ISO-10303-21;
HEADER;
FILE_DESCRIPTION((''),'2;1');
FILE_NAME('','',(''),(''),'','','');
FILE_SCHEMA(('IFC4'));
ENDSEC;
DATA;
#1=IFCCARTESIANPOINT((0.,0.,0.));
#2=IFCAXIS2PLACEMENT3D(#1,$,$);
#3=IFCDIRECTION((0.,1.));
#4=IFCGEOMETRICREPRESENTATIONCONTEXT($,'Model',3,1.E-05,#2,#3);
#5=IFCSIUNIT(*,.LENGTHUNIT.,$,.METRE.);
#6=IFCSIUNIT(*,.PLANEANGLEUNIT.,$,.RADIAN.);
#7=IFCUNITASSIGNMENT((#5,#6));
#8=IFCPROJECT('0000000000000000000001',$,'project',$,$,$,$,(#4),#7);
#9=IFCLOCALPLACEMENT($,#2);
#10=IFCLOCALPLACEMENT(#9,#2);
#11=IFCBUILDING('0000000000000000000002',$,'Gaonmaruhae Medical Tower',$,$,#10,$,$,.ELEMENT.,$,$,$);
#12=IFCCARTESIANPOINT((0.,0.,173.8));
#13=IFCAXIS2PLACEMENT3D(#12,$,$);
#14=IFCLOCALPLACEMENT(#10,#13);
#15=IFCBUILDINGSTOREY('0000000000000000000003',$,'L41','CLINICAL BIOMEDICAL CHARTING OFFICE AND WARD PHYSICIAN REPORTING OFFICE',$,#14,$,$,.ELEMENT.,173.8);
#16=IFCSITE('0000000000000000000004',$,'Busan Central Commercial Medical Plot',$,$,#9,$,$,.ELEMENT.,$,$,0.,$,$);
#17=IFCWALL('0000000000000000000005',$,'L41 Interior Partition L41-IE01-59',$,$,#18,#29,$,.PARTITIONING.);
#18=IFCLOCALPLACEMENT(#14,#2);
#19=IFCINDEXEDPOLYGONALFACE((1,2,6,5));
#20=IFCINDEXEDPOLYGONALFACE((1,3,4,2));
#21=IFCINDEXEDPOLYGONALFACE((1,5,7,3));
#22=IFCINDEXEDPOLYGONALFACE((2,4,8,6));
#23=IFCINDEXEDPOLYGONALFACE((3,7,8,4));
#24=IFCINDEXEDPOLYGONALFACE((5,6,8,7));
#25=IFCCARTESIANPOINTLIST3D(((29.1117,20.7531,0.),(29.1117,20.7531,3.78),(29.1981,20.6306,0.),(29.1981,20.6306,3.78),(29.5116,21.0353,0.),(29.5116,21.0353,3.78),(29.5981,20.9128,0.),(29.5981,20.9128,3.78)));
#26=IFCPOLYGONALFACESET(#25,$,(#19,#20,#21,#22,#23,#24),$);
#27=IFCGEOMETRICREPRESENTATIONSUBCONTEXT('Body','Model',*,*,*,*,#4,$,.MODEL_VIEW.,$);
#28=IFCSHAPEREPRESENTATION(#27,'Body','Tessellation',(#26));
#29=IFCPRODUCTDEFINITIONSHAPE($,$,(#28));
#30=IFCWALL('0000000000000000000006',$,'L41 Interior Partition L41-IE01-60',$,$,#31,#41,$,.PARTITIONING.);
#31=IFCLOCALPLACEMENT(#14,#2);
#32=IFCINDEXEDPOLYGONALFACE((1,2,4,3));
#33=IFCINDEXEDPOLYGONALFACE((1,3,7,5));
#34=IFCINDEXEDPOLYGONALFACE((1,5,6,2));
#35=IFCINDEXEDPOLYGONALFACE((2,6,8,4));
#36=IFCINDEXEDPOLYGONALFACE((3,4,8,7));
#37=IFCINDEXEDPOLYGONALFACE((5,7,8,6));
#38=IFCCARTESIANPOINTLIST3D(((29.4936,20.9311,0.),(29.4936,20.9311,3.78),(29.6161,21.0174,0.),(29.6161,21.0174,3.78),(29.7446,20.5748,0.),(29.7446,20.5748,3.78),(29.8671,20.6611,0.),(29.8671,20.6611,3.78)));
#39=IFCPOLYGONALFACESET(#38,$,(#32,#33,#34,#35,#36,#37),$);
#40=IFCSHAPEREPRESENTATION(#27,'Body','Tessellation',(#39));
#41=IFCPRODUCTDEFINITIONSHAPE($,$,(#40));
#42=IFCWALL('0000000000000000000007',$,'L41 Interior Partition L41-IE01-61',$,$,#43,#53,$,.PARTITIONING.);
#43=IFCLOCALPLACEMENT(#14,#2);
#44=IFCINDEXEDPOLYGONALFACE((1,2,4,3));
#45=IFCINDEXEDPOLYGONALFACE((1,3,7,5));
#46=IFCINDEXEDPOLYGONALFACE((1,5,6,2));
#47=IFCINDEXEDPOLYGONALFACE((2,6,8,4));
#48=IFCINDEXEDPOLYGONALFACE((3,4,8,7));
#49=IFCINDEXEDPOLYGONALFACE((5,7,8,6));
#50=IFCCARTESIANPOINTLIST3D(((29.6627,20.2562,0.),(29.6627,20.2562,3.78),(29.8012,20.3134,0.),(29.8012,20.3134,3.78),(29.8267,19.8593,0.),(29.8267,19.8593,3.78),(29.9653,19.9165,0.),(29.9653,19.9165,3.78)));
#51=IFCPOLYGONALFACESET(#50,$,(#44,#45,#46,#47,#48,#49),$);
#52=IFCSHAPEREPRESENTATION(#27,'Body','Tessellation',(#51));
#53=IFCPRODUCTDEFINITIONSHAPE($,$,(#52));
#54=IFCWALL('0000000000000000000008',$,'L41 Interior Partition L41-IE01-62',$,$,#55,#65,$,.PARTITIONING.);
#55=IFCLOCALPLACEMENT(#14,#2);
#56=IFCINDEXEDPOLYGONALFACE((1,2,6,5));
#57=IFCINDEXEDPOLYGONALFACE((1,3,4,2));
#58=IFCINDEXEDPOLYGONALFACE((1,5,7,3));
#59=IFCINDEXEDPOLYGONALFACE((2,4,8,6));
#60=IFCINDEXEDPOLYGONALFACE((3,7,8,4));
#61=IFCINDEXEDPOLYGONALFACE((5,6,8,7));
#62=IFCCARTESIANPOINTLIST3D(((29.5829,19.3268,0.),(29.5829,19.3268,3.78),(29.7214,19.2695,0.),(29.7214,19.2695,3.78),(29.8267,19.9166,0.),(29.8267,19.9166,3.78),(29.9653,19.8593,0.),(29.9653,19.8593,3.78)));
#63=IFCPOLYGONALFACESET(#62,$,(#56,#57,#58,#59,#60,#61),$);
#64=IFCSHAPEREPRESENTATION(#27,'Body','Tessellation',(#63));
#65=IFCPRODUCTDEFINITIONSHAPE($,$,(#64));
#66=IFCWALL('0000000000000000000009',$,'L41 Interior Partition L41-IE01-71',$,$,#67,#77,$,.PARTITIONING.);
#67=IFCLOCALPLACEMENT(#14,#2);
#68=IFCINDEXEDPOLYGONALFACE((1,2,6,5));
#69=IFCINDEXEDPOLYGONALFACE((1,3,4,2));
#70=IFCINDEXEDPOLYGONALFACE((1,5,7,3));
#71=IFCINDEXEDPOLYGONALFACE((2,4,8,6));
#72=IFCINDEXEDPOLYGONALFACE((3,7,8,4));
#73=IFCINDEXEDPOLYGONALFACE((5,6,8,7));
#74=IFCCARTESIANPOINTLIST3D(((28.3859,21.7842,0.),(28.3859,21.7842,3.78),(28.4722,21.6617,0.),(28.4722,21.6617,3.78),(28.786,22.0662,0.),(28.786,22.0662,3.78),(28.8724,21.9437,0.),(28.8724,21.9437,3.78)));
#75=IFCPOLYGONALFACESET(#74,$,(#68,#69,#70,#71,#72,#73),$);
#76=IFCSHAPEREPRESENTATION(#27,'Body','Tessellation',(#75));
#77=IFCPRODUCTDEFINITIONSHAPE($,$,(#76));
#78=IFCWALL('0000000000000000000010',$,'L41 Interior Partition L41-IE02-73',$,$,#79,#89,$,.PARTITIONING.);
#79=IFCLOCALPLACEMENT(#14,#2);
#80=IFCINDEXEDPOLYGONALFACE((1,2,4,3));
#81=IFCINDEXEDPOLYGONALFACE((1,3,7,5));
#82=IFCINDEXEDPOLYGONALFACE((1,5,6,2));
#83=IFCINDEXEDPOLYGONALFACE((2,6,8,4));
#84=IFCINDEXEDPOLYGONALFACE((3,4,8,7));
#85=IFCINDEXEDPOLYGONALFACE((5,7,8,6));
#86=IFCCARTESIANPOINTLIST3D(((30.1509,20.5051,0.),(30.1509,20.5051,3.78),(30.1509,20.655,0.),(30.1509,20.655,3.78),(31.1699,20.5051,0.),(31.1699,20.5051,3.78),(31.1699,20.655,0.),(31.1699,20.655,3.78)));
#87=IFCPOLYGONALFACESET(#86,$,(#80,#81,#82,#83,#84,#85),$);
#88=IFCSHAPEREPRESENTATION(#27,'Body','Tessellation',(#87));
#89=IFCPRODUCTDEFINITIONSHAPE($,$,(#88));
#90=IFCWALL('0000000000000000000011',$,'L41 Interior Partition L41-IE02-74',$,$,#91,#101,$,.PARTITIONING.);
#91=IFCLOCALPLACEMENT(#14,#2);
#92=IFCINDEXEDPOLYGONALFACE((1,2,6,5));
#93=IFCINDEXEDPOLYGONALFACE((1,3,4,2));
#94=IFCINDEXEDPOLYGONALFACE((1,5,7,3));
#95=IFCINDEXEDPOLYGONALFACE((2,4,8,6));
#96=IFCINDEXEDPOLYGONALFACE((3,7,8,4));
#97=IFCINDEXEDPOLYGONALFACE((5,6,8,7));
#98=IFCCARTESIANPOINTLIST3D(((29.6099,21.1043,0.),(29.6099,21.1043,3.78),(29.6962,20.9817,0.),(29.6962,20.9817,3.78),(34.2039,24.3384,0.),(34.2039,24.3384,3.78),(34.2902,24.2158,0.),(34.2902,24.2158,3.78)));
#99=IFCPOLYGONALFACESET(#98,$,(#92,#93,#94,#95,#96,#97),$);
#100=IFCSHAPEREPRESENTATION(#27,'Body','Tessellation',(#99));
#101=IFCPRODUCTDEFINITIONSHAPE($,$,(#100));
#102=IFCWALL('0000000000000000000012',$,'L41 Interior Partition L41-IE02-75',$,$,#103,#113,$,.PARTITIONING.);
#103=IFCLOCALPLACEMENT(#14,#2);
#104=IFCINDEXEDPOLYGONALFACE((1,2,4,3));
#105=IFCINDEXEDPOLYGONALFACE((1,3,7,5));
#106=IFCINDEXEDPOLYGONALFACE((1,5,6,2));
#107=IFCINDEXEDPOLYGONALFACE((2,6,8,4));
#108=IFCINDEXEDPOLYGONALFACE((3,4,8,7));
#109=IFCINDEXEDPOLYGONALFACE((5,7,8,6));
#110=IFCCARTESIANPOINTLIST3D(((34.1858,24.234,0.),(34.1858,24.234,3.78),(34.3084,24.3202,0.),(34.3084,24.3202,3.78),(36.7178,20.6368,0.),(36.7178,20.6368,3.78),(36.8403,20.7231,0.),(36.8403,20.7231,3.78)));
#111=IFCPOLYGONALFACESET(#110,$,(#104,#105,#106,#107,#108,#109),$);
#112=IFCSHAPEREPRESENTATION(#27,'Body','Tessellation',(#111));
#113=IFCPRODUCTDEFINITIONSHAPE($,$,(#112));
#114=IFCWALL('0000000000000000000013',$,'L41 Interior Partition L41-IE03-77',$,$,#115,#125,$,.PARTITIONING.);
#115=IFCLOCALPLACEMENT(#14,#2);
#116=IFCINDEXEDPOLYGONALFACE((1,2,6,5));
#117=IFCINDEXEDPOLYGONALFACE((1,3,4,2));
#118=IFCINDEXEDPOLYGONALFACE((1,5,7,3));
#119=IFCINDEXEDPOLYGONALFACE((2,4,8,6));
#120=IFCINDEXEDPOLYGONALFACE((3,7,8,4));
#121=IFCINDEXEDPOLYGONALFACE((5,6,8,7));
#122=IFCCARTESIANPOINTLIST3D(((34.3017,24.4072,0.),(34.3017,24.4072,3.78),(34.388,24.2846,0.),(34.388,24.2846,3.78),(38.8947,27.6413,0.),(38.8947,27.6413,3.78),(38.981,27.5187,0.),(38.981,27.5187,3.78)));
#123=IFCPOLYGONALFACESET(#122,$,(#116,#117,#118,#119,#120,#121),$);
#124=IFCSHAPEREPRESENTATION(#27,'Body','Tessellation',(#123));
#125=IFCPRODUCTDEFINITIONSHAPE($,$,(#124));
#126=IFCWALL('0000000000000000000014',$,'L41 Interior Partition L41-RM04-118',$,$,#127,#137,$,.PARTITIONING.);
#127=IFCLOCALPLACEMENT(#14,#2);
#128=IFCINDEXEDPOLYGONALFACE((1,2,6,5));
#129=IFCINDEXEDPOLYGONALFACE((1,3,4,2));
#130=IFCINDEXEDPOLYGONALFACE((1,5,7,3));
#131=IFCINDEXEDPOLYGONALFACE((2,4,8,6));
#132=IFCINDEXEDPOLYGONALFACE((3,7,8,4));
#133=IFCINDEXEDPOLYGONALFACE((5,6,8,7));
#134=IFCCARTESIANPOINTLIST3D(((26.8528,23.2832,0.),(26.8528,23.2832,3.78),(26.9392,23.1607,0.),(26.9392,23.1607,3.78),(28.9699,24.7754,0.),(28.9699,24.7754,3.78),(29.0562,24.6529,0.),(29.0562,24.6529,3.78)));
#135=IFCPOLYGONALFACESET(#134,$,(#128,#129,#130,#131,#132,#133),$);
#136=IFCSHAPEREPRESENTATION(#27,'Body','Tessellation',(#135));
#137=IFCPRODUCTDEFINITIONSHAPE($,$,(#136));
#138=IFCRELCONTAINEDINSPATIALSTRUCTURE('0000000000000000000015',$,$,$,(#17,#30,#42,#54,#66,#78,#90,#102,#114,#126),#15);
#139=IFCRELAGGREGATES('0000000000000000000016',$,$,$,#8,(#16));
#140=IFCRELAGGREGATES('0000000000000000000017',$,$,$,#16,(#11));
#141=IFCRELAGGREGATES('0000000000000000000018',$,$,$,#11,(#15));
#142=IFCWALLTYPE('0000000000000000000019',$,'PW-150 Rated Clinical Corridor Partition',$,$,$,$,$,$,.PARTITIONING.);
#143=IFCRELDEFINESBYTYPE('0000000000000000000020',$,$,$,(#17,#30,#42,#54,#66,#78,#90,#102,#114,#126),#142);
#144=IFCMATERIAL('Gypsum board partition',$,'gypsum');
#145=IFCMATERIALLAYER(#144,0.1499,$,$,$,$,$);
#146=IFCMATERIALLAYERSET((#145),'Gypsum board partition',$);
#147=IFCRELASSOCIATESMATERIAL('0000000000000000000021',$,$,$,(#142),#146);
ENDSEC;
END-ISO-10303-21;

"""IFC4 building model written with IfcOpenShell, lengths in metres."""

from ifc_helpers import new_model, si_unit, direction, frame, frame_2d, origin, place, context, subcontext, project, spatial, rectangle, extrude, material, layer, layer_set, type_object, element, save


model = new_model("IFC4")

# Units and contexts
model_context = context("Model", 3, precision=1e-05, world=origin(), true_north=direction((0.0, 1.0)))
body_context = subcontext(model_context, "Body", "Model", "MODEL_VIEW")
ifc_project = project(units=[si_unit("LENGTHUNIT", "METRE"), si_unit("PLANEANGLEUNIT", "RADIAN")], contexts=[model_context])

# Site, building, storey
site_placement = place(None, origin())
site = spatial("IfcSite", under=ifc_project, at=site_placement, Name="Busan Central Commercial Medical Plot", CompositionType="ELEMENT", RefElevation=0.0)
building_placement = place(site_placement, origin())
building = spatial("IfcBuilding", under=site, at=building_placement, Name="Gaonmaruhae Medical Tower", CompositionType="ELEMENT")
storey_placement = place(building_placement, frame((0.0, 0.0, 173.8)))
storey = spatial("IfcBuildingStorey", under=building, at=storey_placement, Name="L41", Description="CLINICAL BIOMEDICAL CHARTING OFFICE AND WARD PHYSICIAN REPORTING OFFICE", CompositionType="ELEMENT", Elevation=173.8)

# Walls
ifc_material_1 = material(Name="Gypsum board partition", Category="gypsum")
ifc_layer_1 = layer(ifc_material_1, 0.1499)
ifc_layer_set_1 = layer_set([ifc_layer_1], Name="Gypsum board partition")
wall_type_1 = type_object("IfcWallType", Name="PW-150 Rated Clinical Corridor Partition", PredefinedType="PARTITIONING", material=ifc_layer_set_1)
wall_1_placement = place(storey_placement, frame((29.155, 20.6919, 0.0), z_axis=(0.0, 0.0, 1.0), x_axis=(0.817023, 0.576605, 0.0)))
element("IfcWall", 1, at=wall_1_placement, inside=storey, type_object=wall_type_1, Name="L41 Interior Partition L41-IE01-59", PredefinedType="PARTITIONING", context=body_context, shape_type="SweptSolid", body=[
    extrude(rectangle(XDim=0.4895, YDim=0.1499, at=frame_2d((0.2446, 0.0))), origin(), (0.0, 0.0, 1.0), 3.78),
])
wall_2_placement = place(storey_placement, frame((29.5549, 20.9741, 0.0), z_axis=(0.0, 0.0, 1.0), x_axis=(0.575979, -0.817464, 0.0)))
element("IfcWall", 2, at=wall_2_placement, inside=storey, type_object=wall_type_1, Name="L41 Interior Partition L41-IE01-60", PredefinedType="PARTITIONING", context=body_context, shape_type="SweptSolid", body=[
    extrude(rectangle(XDim=0.4358, YDim=0.1499, at=frame_2d((0.2178, 0.0))), origin(), (0.0, 0.0, 1.0), 3.78),
])
wall_3_placement = place(storey_placement, frame((29.7319, 20.2849, 0.0), z_axis=(0.0, 0.0, 1.0), x_axis=(0.38195, -0.924183, 0.0)))
element("IfcWall", 3, at=wall_3_placement, inside=storey, type_object=wall_type_1, Name="L41 Interior Partition L41-IE01-61", PredefinedType="PARTITIONING", context=body_context, shape_type="SweptSolid", body=[
    extrude(rectangle(XDim=0.4294, YDim=0.1499, at=frame_2d((0.2148, 0.0))), origin(), (0.0, 0.0, 1.0), 3.78),
])
wall_4_placement = place(storey_placement, frame((29.896, 19.8879, 0.0), z_axis=(0.0, 0.0, 1.0), x_axis=(-0.382115, -0.924115, 0.0)))
element("IfcWall", 4, at=wall_4_placement, inside=storey, type_object=wall_type_1, Name="L41 Interior Partition L41-IE01-62", PredefinedType="PARTITIONING", context=body_context, shape_type="SweptSolid", body=[
    extrude(rectangle(XDim=0.6382, YDim=0.1499, at=frame_2d((0.3191, 0.0))), origin(), (0.0, 0.0, 1.0), 3.78),
])
wall_5_placement = place(storey_placement, frame((28.8291, 22.0049, 0.0), z_axis=(0.0, 0.0, 1.0), x_axis=(-0.817424, -0.576037, 0.0)))
element("IfcWall", 5, at=wall_5_placement, inside=storey, type_object=wall_type_1, Name="L41 Interior Partition L41-IE01-71", PredefinedType="PARTITIONING", context=body_context, shape_type="SweptSolid", body=[
    extrude(rectangle(XDim=0.4895, YDim=0.1499, at=frame_2d((0.2446, 0.0))), origin(), (0.0, 0.0, 1.0), 3.78),
])
wall_6_placement = place(storey_placement, frame((31.1699, 20.5801, 0.0), z_axis=(0.0, 0.0, 1.0), x_axis=(-1.0, 0.0, 0.0)))
element("IfcWall", 6, at=wall_6_placement, inside=storey, type_object=wall_type_1, Name="L41 Interior Partition L41-IE02-73", PredefinedType="PARTITIONING", context=body_context, shape_type="SweptSolid", body=[
    extrude(rectangle(XDim=1.019, YDim=0.1499, at=frame_2d((0.5095, 0.0))), origin(), (0.0, 0.0, 1.0), 3.78),
])
wall_7_placement = place(storey_placement, frame((29.6531, 21.043, 0.0), z_axis=(0.0, 0.0, 1.0), x_axis=(0.817696, 0.575651, 0.0)))
element("IfcWall", 7, at=wall_7_placement, inside=storey, type_object=wall_type_1, Name="L41 Interior Partition L41-IE02-74", PredefinedType="PARTITIONING", context=body_context, shape_type="SweptSolid", body=[
    extrude(rectangle(XDim=5.6182, YDim=0.1499, at=frame_2d((2.8091, 0.0))), origin(), (0.0, 0.0, 1.0), 3.78),
])
wall_8_placement = place(storey_placement, frame((34.2471, 24.2771, 0.0), z_axis=(0.0, 0.0, 1.0), x_axis=(0.575591, -0.817738, 0.0)))
element("IfcWall", 8, at=wall_8_placement, inside=storey, type_object=wall_type_1, Name="L41 Interior Partition L41-IE02-75", PredefinedType="PARTITIONING", context=body_context, shape_type="SweptSolid", body=[
    extrude(rectangle(XDim=4.3989, YDim=0.1499, at=frame_2d((2.1995, 0.0))), origin(), (0.0, 0.0, 1.0), 3.78),
])
wall_9_placement = place(storey_placement, frame((34.345, 24.3459, 0.0), z_axis=(0.0, 0.0, 1.0), x_axis=(0.817638, 0.575732, 0.0)))
element("IfcWall", 9, at=wall_9_placement, inside=storey, type_object=wall_type_1, Name="L41 Interior Partition L41-IE03-77", PredefinedType="PARTITIONING", context=body_context, shape_type="SweptSolid", body=[
    extrude(rectangle(XDim=5.6174, YDim=0.1499, at=frame_2d((2.8086, 0.0))), origin(), (0.0, 0.0, 1.0), 3.78),
])
wall_10_placement = place(storey_placement, frame((29.0129, 24.7141, 0.0), z_axis=(0.0, 0.0, 1.0), x_axis=(-0.817354, -0.576135, 0.0)))
element("IfcWall", 10, at=wall_10_placement, inside=storey, type_object=wall_type_1, Name="L41 Interior Partition L41-RM04-118", PredefinedType="PARTITIONING", context=body_context, shape_type="SweptSolid", body=[
    extrude(rectangle(XDim=2.5901, YDim=0.1499, at=frame_2d((1.2949, 0.0))), origin(), (0.0, 0.0, 1.0), 3.78),
])

save(model, "model.ifc")
